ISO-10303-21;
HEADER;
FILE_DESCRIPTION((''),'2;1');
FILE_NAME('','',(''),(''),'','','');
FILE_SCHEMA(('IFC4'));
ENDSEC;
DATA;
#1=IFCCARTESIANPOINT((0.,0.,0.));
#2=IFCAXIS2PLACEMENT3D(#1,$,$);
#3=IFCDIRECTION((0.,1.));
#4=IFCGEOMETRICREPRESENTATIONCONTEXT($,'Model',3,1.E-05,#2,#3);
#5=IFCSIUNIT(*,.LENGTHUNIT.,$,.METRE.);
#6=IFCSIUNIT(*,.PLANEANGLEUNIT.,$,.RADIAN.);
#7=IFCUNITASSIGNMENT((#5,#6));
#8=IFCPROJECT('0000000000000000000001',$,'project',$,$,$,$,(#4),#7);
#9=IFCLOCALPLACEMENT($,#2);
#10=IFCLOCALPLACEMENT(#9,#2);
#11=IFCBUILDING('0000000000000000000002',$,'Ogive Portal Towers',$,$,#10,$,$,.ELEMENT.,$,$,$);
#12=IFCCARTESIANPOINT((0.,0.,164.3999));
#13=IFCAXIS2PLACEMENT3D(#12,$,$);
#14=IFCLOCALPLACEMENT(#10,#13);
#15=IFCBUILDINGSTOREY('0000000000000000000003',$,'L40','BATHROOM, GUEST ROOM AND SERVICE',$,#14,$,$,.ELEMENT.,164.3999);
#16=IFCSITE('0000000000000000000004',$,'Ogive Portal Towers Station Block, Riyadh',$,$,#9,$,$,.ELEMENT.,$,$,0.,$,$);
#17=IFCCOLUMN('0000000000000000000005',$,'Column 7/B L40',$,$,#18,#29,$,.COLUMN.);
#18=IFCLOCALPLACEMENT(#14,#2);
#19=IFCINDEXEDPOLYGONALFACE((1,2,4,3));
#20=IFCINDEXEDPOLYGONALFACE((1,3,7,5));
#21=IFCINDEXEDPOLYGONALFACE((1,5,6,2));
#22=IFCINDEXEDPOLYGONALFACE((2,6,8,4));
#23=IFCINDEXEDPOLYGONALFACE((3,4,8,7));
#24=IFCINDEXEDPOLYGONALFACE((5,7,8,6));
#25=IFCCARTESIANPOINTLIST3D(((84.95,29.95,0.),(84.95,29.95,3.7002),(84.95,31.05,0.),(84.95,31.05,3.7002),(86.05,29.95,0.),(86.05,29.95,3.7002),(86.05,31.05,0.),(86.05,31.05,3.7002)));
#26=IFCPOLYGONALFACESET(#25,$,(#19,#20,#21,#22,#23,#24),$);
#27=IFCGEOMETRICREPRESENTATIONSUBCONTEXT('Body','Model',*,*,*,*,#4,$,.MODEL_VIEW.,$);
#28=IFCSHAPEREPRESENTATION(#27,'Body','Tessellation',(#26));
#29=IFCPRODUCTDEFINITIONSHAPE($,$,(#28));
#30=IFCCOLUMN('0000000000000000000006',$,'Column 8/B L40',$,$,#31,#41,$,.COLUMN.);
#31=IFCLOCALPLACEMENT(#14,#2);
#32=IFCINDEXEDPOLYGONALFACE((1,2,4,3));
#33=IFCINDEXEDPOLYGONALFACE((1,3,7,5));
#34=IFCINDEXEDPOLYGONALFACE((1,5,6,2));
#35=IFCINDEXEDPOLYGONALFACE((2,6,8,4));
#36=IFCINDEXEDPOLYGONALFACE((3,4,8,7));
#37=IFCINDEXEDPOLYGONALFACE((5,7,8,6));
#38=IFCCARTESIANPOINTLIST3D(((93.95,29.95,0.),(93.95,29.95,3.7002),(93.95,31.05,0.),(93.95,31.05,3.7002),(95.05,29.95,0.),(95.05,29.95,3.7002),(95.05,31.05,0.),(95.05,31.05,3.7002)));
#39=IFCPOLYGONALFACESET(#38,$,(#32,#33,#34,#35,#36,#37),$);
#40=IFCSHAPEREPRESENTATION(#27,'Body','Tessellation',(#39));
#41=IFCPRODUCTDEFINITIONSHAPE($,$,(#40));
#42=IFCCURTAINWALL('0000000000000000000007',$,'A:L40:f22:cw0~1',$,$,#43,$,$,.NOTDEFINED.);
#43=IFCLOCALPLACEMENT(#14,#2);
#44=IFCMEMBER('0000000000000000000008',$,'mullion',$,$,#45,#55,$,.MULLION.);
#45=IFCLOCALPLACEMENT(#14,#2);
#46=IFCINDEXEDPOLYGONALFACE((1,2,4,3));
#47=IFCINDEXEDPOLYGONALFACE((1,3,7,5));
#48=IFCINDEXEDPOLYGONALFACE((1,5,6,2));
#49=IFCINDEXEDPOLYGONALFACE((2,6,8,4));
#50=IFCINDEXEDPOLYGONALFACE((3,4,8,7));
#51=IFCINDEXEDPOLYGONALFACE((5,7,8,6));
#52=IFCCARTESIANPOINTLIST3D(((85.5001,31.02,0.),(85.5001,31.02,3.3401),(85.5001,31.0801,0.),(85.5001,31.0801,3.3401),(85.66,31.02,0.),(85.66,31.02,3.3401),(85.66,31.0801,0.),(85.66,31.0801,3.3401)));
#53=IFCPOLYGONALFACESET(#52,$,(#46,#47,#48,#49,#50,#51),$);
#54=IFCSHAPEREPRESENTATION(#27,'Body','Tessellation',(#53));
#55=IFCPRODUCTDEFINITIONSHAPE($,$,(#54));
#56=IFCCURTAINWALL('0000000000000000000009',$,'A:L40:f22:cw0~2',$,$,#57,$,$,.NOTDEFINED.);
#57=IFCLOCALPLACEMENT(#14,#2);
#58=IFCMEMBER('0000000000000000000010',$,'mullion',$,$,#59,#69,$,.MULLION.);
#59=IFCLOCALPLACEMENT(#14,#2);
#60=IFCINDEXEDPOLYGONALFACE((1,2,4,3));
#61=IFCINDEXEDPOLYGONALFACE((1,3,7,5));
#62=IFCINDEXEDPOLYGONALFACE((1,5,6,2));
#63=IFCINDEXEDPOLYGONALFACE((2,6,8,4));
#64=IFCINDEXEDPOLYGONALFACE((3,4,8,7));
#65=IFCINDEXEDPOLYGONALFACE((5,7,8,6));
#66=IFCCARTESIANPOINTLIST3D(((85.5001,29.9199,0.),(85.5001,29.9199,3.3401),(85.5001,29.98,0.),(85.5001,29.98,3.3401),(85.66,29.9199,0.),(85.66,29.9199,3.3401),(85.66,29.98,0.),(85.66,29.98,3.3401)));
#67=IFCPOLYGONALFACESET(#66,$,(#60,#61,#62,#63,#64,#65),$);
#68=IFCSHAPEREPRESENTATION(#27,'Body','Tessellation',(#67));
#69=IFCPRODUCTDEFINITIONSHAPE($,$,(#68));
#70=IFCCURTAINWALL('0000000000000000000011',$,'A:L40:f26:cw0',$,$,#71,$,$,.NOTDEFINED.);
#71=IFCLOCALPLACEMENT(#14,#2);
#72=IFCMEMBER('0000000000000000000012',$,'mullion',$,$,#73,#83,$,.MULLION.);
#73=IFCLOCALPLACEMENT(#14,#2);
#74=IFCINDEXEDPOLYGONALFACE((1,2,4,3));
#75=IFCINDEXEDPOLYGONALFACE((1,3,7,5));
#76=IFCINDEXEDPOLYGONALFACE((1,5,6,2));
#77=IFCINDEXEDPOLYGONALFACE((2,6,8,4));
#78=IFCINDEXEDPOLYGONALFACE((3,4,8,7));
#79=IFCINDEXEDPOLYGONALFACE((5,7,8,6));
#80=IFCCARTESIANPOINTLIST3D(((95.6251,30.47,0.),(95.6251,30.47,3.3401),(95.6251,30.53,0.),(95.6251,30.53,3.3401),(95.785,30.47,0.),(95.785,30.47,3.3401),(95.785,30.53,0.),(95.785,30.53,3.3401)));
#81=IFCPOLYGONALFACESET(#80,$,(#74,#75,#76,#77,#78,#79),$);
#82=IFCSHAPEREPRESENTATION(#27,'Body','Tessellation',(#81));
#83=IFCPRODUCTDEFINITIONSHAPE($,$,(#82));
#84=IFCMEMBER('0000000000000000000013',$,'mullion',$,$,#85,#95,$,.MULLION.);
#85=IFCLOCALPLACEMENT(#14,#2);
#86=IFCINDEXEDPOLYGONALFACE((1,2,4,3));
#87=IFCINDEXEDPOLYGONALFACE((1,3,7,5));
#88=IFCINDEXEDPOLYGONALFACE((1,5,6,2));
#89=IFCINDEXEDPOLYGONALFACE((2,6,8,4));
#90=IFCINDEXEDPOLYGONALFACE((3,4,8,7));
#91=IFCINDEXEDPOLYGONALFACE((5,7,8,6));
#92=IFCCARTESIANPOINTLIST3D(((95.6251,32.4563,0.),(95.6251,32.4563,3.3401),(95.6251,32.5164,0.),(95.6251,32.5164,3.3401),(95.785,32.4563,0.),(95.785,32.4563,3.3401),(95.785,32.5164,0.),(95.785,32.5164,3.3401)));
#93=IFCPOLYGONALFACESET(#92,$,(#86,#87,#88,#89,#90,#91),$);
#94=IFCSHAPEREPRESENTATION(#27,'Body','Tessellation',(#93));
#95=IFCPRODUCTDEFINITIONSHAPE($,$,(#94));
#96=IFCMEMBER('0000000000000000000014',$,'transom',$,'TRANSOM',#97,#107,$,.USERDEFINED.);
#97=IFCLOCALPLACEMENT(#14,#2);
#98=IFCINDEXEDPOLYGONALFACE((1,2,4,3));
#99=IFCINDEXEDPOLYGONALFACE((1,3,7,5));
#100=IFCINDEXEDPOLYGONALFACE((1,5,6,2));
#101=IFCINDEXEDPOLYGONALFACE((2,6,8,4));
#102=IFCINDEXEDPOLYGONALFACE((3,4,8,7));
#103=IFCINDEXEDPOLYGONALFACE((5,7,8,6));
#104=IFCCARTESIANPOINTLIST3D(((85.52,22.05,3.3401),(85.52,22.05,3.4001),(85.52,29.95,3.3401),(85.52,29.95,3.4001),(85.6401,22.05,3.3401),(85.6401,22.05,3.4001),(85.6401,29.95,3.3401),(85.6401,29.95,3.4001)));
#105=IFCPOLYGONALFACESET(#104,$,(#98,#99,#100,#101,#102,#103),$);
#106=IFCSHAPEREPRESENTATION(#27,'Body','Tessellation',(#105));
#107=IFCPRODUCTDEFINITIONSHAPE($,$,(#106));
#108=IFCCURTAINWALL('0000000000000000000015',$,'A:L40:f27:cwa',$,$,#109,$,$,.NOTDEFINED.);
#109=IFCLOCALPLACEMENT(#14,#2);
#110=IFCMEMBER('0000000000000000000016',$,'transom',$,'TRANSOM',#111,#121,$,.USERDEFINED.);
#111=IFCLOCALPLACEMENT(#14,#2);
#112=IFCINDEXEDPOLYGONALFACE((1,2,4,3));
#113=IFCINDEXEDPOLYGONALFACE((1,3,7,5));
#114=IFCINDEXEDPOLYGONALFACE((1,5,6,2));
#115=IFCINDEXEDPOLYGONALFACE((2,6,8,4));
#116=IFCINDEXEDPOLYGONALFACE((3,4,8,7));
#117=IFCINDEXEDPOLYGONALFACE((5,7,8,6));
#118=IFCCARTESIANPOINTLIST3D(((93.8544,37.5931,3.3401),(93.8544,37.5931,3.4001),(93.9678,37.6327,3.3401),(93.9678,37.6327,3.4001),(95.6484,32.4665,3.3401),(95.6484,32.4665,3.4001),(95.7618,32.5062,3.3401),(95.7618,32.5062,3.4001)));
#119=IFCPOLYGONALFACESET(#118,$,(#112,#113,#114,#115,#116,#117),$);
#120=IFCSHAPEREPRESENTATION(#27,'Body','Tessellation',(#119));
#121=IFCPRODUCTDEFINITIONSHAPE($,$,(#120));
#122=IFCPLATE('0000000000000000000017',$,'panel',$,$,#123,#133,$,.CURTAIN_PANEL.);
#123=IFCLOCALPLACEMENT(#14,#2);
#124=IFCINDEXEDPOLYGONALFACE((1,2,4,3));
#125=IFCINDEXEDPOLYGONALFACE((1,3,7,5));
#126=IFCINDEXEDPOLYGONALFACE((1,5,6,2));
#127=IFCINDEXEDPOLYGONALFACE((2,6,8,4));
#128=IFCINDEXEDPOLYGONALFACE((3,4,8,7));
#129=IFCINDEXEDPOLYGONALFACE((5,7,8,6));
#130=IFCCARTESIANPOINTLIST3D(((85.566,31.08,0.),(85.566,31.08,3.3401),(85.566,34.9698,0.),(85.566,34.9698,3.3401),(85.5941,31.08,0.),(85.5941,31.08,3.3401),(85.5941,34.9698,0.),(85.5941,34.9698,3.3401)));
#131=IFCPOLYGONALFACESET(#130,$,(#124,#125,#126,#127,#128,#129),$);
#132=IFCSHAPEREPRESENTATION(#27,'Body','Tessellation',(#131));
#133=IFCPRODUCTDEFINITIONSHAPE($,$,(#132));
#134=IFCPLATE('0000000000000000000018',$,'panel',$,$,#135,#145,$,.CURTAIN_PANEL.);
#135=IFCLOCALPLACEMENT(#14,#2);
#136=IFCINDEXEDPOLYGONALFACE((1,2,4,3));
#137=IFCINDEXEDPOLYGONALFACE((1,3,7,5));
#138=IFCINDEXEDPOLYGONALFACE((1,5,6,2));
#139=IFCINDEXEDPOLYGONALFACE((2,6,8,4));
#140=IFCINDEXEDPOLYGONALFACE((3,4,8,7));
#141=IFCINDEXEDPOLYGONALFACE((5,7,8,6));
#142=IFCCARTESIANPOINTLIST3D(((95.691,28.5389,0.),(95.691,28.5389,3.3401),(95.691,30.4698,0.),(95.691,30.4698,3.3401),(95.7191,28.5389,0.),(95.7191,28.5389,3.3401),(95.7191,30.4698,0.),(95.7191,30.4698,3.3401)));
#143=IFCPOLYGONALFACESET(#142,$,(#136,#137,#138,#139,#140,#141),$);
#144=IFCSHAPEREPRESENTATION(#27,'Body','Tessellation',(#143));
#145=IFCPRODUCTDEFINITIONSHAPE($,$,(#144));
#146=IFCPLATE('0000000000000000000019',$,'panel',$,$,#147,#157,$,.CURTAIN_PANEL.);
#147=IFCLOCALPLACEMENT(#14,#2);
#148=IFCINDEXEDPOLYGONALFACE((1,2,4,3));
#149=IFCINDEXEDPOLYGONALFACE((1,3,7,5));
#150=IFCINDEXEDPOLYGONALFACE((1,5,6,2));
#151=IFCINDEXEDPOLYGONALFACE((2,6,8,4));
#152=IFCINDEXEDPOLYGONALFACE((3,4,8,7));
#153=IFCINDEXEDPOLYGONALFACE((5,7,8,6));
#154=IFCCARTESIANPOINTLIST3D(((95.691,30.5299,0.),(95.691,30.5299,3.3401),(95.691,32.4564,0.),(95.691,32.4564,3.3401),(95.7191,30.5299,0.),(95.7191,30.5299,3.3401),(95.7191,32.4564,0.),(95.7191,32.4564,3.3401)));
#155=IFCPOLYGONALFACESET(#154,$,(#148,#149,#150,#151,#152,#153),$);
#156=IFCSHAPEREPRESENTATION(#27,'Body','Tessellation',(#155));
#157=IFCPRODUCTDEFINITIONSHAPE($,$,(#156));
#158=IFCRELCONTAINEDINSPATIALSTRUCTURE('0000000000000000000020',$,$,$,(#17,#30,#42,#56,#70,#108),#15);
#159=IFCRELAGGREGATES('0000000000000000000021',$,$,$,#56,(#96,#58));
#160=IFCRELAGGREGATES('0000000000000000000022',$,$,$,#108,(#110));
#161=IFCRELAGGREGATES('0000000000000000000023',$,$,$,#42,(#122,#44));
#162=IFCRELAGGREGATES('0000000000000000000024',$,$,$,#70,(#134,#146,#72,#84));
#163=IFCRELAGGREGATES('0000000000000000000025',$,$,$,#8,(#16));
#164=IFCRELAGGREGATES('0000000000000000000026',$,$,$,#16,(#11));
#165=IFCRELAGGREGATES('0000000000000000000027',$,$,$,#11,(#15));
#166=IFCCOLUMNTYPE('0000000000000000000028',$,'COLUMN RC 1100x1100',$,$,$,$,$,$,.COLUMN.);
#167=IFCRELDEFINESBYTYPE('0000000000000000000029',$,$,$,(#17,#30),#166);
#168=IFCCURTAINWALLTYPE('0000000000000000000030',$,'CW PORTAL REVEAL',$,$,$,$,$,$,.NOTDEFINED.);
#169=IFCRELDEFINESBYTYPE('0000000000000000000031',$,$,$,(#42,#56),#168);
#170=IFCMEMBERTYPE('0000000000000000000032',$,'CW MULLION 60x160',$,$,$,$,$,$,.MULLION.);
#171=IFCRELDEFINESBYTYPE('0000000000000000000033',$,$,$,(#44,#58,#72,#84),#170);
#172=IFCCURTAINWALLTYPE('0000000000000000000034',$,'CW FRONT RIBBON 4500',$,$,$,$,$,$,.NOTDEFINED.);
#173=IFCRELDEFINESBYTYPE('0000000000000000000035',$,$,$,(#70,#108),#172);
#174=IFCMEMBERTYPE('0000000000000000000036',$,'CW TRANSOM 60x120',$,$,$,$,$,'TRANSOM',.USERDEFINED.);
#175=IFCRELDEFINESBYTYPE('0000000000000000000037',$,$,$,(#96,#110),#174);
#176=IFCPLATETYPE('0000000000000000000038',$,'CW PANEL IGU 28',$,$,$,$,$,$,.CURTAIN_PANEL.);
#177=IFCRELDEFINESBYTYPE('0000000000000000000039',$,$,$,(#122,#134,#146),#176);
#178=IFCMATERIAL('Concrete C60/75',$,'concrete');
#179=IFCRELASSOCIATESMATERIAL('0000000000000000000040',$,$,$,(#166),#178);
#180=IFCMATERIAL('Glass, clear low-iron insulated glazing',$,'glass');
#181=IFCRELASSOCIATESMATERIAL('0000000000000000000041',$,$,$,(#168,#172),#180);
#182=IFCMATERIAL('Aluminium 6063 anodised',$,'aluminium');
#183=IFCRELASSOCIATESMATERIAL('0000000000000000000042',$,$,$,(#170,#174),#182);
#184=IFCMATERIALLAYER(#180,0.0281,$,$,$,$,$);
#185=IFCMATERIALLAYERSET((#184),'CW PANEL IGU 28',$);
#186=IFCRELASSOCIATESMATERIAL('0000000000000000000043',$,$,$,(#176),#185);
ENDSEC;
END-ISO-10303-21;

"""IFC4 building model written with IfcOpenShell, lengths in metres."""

from ifc_helpers import new_model, si_unit, direction, frame, origin, origin_2d, place, context, subcontext, project, spatial, rectangle, extrude, material, layer, layer_set, material_profile, profile_set, type_object, element, aggregate, save


model = new_model("IFC4")

# Units and contexts
model_context = context("Model", 3, precision=1e-05, world=origin(), true_north=direction((0.0, 1.0)))
body_context = subcontext(model_context, "Body", "Model", "MODEL_VIEW")
ifc_project = project(units=[si_unit("LENGTHUNIT", "METRE"), si_unit("PLANEANGLEUNIT", "RADIAN")], contexts=[model_context])

# Site, building, storey
site_placement = place(None, origin())
site = spatial("IfcSite", under=ifc_project, at=site_placement, Name="Ogive Portal Towers Station Block, Riyadh", CompositionType="ELEMENT", RefElevation=0.0)
building_placement = place(site_placement, origin())
building = spatial("IfcBuilding", under=site, at=building_placement, Name="Ogive Portal Towers", CompositionType="ELEMENT")
storey_placement = place(building_placement, frame((0.0, 0.0, 164.3999)))
storey = spatial("IfcBuildingStorey", under=building, at=storey_placement, Name="L40", Description="BATHROOM, GUEST ROOM AND SERVICE", CompositionType="ELEMENT", Elevation=164.3999)

# Columns
ifc_material_1 = material(Name="Concrete C60/75", Category="concrete")
ifc_material_profile_1 = material_profile(ifc_material_1, rectangle(XDim=1.1001, YDim=1.1001, at=origin_2d()), Name="RC 1100x1100")
ifc_profile_set_1 = profile_set([ifc_material_profile_1], Name="Concrete C60/75")
column_type = type_object("IfcColumnType", Name="COLUMN RC 1100x1100", PredefinedType="COLUMN", material=ifc_profile_set_1)
for number, where, z_axis, x_axis, name in (
    (1, (85.5, 30.5, 0.0), (0.0, 0.0, 1.0), (1.0, 0.0, 0.0), "Column 7/B L40"),
    (2, (94.5, 30.5, 0.0), (0.0, 0.0, 1.0), (1.0, 0.0, 0.0), "Column 8/B L40"),
):
    element("IfcColumn", number, at=place(storey_placement, frame(where, z_axis=z_axis, x_axis=x_axis)), inside=storey, type_object=column_type, Name=name, PredefinedType="COLUMN", context=body_context, shape_type="SweptSolid", body=[
        extrude(rectangle(XDim=1.1001, YDim=1.1001, at=origin_2d()), origin(), (0.0, 0.0, 1.0), 3.7002),
    ])

# Curtain walls, members
ifc_material_2 = material(Name="Glass, clear low-iron insulated glazing", Category="glass")
curtain_wall_type_1 = type_object("IfcCurtainWallType", Name="CW PORTAL REVEAL", PredefinedType="NOTDEFINED", material=ifc_material_2)
curtain_wall_1_placement = place(storey_placement, origin())
curtain_wall_1 = element("IfcCurtainWall", 3, at=curtain_wall_1_placement, inside=storey, type_object=curtain_wall_type_1, Name="A:L40:f22:cw0~1", PredefinedType="NOTDEFINED")
ifc_material_3 = material(Name="Aluminium 6063 anodised", Category="aluminium")
ifc_material_profile_2 = material_profile(ifc_material_3, rectangle(XDim=0.1599, YDim=0.0601, at=origin_2d()), Name="AL 60x160")
ifc_profile_set_2 = profile_set([ifc_material_profile_2], Name="Aluminium 6063 anodised")
member_type_1 = type_object("IfcMemberType", Name="CW MULLION 60x160", PredefinedType="MULLION", material=ifc_profile_set_2)
member_1_placement = place(storey_placement, frame((85.5801, 31.05, 0.0), z_axis=(0.0, 0.0, 1.0), x_axis=(1.0, 0.0, 0.0)))
member_1 = element("IfcMember", 4, at=member_1_placement, type_object=member_type_1, Name="mullion", PredefinedType="MULLION", context=body_context, shape_type="SweptSolid", body=[
    extrude(rectangle(XDim=0.1599, YDim=0.0601, at=origin_2d()), origin(), (0.0, 0.0, 1.0), 3.3401),
])
curtain_wall_2_placement = place(storey_placement, origin())
curtain_wall_2 = element("IfcCurtainWall", 5, at=curtain_wall_2_placement, inside=storey, type_object=curtain_wall_type_1, Name="A:L40:f22:cw0~2", PredefinedType="NOTDEFINED")
member_2_placement = place(storey_placement, frame((85.5801, 29.95, 0.0), z_axis=(0.0, 0.0, 1.0), x_axis=(1.0, 0.0, 0.0)))
member_2 = element("IfcMember", 6, at=member_2_placement, type_object=member_type_1, Name="mullion", PredefinedType="MULLION", context=body_context, shape_type="SweptSolid", body=[
    extrude(rectangle(XDim=0.1599, YDim=0.0601, at=origin_2d()), origin(), (0.0, 0.0, 1.0), 3.3401),
])

# Curtain wall, members
curtain_wall_type_2 = type_object("IfcCurtainWallType", Name="CW FRONT RIBBON 4500", PredefinedType="NOTDEFINED", material=ifc_material_2)
curtain_wall_3_placement = place(storey_placement, origin())
curtain_wall_3 = element("IfcCurtainWall", 7, at=curtain_wall_3_placement, inside=storey, type_object=curtain_wall_type_2, Name="A:L40:f26:cw0", PredefinedType="NOTDEFINED")
member_3_placement = place(storey_placement, frame((95.7051, 30.5, 0.0), z_axis=(0.0, 0.0, 1.0), x_axis=(-1.0, 0.0, 0.0)))
member_3 = element("IfcMember", 8, at=member_3_placement, type_object=member_type_1, Name="mullion", PredefinedType="MULLION", context=body_context, shape_type="SweptSolid", body=[
    extrude(rectangle(XDim=0.1599, YDim=0.0601, at=origin_2d()), origin(), (0.0, 0.0, 1.0), 3.3401),
])
member_4_placement = place(storey_placement, frame((95.7051, 32.4863, 0.0), z_axis=(0.0, 0.0, 1.0), x_axis=(-1.0, 0.0, 0.0)))
member_4 = element("IfcMember", 9, at=member_4_placement, type_object=member_type_1, Name="mullion", PredefinedType="MULLION", context=body_context, shape_type="SweptSolid", body=[
    extrude(rectangle(XDim=0.1599, YDim=0.0601, at=origin_2d()), origin(), (0.0, 0.0, 1.0), 3.3401),
])

# Member
ifc_material_profile_3 = material_profile(ifc_material_3, rectangle(XDim=0.1201, YDim=0.0601, at=origin_2d()), Name="AL 120x60")
ifc_profile_set_3 = profile_set([ifc_material_profile_3], Name="Aluminium 6063 anodised")
member_type_2 = type_object("IfcMemberType", Name="CW TRANSOM 60x120", ElementType="TRANSOM", PredefinedType="USERDEFINED", material=ifc_profile_set_3)
member_5_placement = place(storey_placement, frame((85.5801, 29.95, 3.3701), z_axis=(0.0, -1.0, 0.0), x_axis=(1.0, 0.0, 0.0)))
member_5 = element("IfcMember", 10, at=member_5_placement, type_object=member_type_2, Name="transom", ObjectType="TRANSOM", PredefinedType="USERDEFINED", context=body_context, shape_type="SweptSolid", body=[
    extrude(rectangle(XDim=0.1201, YDim=0.0601, at=origin_2d()), origin(), (0.0, 0.0, 1.0), 7.8999),
])
aggregate(curtain_wall_2, [member_5, member_2])

# Curtain wall, member
curtain_wall_4_placement = place(storey_placement, origin())
curtain_wall_4 = element("IfcCurtainWall", 11, at=curtain_wall_4_placement, inside=storey, type_object=curtain_wall_type_2, Name="A:L40:f27:cwa", PredefinedType="NOTDEFINED")
member_6_placement = place(storey_placement, frame((95.7051, 32.4863, 3.3701), z_axis=(-0.330298, 0.943877, 0.0), x_axis=(-0.943877, -0.330298, 0.0)))
member_6 = element("IfcMember", 12, at=member_6_placement, type_object=member_type_2, Name="transom", ObjectType="TRANSOM", PredefinedType="USERDEFINED", context=body_context, shape_type="SweptSolid", body=[
    extrude(rectangle(XDim=0.1201, YDim=0.0601, at=origin_2d()), origin(), (0.0, 0.0, 1.0), 5.4314),
])
aggregate(curtain_wall_4, [member_6])

# Plates
ifc_layer_1 = layer(ifc_material_2, 0.0281)
ifc_layer_set_1 = layer_set([ifc_layer_1], Name="CW PANEL IGU 28")
plate_type = type_object("IfcPlateType", Name="CW PANEL IGU 28", PredefinedType="CURTAIN_PANEL", material=ifc_layer_set_1)
plate_1_placement = place(storey_placement, frame((85.5801, 33.0249, 0.0), z_axis=(0.0, 0.0, 1.0), x_axis=(0.0, -1.0, 0.0)))
plate_1 = element("IfcPlate", 13, at=plate_1_placement, type_object=plate_type, Name="panel", PredefinedType="CURTAIN_PANEL", context=body_context, shape_type="SweptSolid", body=[
    extrude(rectangle(XDim=3.8899, YDim=0.0281, at=origin_2d()), origin(), (0.0, 0.0, 1.0), 3.3401),
])
aggregate(curtain_wall_1, [plate_1, member_1])
plate_2_placement = place(storey_placement, frame((95.7051, 29.5044, 0.0), z_axis=(0.0, 0.0, 1.0), x_axis=(0.0, 1.0, 0.0)))
plate_2 = element("IfcPlate", 14, at=plate_2_placement, type_object=plate_type, Name="panel", PredefinedType="CURTAIN_PANEL", context=body_context, shape_type="SweptSolid", body=[
    extrude(rectangle(XDim=1.9309, YDim=0.0281, at=origin_2d()), origin(), (0.0, 0.0, 1.0), 3.3401),
])
plate_3_placement = place(storey_placement, frame((95.7051, 31.4932, 0.0), z_axis=(0.0, 0.0, 1.0), x_axis=(0.0, 1.0, 0.0)))
plate_3 = element("IfcPlate", 15, at=plate_3_placement, type_object=plate_type, Name="panel", PredefinedType="CURTAIN_PANEL", context=body_context, shape_type="SweptSolid", body=[
    extrude(rectangle(XDim=1.9265, YDim=0.0281, at=origin_2d()), origin(), (0.0, 0.0, 1.0), 3.3401),
])
aggregate(curtain_wall_3, [plate_2, plate_3, member_3, member_4])

save(model, "model.ifc")
